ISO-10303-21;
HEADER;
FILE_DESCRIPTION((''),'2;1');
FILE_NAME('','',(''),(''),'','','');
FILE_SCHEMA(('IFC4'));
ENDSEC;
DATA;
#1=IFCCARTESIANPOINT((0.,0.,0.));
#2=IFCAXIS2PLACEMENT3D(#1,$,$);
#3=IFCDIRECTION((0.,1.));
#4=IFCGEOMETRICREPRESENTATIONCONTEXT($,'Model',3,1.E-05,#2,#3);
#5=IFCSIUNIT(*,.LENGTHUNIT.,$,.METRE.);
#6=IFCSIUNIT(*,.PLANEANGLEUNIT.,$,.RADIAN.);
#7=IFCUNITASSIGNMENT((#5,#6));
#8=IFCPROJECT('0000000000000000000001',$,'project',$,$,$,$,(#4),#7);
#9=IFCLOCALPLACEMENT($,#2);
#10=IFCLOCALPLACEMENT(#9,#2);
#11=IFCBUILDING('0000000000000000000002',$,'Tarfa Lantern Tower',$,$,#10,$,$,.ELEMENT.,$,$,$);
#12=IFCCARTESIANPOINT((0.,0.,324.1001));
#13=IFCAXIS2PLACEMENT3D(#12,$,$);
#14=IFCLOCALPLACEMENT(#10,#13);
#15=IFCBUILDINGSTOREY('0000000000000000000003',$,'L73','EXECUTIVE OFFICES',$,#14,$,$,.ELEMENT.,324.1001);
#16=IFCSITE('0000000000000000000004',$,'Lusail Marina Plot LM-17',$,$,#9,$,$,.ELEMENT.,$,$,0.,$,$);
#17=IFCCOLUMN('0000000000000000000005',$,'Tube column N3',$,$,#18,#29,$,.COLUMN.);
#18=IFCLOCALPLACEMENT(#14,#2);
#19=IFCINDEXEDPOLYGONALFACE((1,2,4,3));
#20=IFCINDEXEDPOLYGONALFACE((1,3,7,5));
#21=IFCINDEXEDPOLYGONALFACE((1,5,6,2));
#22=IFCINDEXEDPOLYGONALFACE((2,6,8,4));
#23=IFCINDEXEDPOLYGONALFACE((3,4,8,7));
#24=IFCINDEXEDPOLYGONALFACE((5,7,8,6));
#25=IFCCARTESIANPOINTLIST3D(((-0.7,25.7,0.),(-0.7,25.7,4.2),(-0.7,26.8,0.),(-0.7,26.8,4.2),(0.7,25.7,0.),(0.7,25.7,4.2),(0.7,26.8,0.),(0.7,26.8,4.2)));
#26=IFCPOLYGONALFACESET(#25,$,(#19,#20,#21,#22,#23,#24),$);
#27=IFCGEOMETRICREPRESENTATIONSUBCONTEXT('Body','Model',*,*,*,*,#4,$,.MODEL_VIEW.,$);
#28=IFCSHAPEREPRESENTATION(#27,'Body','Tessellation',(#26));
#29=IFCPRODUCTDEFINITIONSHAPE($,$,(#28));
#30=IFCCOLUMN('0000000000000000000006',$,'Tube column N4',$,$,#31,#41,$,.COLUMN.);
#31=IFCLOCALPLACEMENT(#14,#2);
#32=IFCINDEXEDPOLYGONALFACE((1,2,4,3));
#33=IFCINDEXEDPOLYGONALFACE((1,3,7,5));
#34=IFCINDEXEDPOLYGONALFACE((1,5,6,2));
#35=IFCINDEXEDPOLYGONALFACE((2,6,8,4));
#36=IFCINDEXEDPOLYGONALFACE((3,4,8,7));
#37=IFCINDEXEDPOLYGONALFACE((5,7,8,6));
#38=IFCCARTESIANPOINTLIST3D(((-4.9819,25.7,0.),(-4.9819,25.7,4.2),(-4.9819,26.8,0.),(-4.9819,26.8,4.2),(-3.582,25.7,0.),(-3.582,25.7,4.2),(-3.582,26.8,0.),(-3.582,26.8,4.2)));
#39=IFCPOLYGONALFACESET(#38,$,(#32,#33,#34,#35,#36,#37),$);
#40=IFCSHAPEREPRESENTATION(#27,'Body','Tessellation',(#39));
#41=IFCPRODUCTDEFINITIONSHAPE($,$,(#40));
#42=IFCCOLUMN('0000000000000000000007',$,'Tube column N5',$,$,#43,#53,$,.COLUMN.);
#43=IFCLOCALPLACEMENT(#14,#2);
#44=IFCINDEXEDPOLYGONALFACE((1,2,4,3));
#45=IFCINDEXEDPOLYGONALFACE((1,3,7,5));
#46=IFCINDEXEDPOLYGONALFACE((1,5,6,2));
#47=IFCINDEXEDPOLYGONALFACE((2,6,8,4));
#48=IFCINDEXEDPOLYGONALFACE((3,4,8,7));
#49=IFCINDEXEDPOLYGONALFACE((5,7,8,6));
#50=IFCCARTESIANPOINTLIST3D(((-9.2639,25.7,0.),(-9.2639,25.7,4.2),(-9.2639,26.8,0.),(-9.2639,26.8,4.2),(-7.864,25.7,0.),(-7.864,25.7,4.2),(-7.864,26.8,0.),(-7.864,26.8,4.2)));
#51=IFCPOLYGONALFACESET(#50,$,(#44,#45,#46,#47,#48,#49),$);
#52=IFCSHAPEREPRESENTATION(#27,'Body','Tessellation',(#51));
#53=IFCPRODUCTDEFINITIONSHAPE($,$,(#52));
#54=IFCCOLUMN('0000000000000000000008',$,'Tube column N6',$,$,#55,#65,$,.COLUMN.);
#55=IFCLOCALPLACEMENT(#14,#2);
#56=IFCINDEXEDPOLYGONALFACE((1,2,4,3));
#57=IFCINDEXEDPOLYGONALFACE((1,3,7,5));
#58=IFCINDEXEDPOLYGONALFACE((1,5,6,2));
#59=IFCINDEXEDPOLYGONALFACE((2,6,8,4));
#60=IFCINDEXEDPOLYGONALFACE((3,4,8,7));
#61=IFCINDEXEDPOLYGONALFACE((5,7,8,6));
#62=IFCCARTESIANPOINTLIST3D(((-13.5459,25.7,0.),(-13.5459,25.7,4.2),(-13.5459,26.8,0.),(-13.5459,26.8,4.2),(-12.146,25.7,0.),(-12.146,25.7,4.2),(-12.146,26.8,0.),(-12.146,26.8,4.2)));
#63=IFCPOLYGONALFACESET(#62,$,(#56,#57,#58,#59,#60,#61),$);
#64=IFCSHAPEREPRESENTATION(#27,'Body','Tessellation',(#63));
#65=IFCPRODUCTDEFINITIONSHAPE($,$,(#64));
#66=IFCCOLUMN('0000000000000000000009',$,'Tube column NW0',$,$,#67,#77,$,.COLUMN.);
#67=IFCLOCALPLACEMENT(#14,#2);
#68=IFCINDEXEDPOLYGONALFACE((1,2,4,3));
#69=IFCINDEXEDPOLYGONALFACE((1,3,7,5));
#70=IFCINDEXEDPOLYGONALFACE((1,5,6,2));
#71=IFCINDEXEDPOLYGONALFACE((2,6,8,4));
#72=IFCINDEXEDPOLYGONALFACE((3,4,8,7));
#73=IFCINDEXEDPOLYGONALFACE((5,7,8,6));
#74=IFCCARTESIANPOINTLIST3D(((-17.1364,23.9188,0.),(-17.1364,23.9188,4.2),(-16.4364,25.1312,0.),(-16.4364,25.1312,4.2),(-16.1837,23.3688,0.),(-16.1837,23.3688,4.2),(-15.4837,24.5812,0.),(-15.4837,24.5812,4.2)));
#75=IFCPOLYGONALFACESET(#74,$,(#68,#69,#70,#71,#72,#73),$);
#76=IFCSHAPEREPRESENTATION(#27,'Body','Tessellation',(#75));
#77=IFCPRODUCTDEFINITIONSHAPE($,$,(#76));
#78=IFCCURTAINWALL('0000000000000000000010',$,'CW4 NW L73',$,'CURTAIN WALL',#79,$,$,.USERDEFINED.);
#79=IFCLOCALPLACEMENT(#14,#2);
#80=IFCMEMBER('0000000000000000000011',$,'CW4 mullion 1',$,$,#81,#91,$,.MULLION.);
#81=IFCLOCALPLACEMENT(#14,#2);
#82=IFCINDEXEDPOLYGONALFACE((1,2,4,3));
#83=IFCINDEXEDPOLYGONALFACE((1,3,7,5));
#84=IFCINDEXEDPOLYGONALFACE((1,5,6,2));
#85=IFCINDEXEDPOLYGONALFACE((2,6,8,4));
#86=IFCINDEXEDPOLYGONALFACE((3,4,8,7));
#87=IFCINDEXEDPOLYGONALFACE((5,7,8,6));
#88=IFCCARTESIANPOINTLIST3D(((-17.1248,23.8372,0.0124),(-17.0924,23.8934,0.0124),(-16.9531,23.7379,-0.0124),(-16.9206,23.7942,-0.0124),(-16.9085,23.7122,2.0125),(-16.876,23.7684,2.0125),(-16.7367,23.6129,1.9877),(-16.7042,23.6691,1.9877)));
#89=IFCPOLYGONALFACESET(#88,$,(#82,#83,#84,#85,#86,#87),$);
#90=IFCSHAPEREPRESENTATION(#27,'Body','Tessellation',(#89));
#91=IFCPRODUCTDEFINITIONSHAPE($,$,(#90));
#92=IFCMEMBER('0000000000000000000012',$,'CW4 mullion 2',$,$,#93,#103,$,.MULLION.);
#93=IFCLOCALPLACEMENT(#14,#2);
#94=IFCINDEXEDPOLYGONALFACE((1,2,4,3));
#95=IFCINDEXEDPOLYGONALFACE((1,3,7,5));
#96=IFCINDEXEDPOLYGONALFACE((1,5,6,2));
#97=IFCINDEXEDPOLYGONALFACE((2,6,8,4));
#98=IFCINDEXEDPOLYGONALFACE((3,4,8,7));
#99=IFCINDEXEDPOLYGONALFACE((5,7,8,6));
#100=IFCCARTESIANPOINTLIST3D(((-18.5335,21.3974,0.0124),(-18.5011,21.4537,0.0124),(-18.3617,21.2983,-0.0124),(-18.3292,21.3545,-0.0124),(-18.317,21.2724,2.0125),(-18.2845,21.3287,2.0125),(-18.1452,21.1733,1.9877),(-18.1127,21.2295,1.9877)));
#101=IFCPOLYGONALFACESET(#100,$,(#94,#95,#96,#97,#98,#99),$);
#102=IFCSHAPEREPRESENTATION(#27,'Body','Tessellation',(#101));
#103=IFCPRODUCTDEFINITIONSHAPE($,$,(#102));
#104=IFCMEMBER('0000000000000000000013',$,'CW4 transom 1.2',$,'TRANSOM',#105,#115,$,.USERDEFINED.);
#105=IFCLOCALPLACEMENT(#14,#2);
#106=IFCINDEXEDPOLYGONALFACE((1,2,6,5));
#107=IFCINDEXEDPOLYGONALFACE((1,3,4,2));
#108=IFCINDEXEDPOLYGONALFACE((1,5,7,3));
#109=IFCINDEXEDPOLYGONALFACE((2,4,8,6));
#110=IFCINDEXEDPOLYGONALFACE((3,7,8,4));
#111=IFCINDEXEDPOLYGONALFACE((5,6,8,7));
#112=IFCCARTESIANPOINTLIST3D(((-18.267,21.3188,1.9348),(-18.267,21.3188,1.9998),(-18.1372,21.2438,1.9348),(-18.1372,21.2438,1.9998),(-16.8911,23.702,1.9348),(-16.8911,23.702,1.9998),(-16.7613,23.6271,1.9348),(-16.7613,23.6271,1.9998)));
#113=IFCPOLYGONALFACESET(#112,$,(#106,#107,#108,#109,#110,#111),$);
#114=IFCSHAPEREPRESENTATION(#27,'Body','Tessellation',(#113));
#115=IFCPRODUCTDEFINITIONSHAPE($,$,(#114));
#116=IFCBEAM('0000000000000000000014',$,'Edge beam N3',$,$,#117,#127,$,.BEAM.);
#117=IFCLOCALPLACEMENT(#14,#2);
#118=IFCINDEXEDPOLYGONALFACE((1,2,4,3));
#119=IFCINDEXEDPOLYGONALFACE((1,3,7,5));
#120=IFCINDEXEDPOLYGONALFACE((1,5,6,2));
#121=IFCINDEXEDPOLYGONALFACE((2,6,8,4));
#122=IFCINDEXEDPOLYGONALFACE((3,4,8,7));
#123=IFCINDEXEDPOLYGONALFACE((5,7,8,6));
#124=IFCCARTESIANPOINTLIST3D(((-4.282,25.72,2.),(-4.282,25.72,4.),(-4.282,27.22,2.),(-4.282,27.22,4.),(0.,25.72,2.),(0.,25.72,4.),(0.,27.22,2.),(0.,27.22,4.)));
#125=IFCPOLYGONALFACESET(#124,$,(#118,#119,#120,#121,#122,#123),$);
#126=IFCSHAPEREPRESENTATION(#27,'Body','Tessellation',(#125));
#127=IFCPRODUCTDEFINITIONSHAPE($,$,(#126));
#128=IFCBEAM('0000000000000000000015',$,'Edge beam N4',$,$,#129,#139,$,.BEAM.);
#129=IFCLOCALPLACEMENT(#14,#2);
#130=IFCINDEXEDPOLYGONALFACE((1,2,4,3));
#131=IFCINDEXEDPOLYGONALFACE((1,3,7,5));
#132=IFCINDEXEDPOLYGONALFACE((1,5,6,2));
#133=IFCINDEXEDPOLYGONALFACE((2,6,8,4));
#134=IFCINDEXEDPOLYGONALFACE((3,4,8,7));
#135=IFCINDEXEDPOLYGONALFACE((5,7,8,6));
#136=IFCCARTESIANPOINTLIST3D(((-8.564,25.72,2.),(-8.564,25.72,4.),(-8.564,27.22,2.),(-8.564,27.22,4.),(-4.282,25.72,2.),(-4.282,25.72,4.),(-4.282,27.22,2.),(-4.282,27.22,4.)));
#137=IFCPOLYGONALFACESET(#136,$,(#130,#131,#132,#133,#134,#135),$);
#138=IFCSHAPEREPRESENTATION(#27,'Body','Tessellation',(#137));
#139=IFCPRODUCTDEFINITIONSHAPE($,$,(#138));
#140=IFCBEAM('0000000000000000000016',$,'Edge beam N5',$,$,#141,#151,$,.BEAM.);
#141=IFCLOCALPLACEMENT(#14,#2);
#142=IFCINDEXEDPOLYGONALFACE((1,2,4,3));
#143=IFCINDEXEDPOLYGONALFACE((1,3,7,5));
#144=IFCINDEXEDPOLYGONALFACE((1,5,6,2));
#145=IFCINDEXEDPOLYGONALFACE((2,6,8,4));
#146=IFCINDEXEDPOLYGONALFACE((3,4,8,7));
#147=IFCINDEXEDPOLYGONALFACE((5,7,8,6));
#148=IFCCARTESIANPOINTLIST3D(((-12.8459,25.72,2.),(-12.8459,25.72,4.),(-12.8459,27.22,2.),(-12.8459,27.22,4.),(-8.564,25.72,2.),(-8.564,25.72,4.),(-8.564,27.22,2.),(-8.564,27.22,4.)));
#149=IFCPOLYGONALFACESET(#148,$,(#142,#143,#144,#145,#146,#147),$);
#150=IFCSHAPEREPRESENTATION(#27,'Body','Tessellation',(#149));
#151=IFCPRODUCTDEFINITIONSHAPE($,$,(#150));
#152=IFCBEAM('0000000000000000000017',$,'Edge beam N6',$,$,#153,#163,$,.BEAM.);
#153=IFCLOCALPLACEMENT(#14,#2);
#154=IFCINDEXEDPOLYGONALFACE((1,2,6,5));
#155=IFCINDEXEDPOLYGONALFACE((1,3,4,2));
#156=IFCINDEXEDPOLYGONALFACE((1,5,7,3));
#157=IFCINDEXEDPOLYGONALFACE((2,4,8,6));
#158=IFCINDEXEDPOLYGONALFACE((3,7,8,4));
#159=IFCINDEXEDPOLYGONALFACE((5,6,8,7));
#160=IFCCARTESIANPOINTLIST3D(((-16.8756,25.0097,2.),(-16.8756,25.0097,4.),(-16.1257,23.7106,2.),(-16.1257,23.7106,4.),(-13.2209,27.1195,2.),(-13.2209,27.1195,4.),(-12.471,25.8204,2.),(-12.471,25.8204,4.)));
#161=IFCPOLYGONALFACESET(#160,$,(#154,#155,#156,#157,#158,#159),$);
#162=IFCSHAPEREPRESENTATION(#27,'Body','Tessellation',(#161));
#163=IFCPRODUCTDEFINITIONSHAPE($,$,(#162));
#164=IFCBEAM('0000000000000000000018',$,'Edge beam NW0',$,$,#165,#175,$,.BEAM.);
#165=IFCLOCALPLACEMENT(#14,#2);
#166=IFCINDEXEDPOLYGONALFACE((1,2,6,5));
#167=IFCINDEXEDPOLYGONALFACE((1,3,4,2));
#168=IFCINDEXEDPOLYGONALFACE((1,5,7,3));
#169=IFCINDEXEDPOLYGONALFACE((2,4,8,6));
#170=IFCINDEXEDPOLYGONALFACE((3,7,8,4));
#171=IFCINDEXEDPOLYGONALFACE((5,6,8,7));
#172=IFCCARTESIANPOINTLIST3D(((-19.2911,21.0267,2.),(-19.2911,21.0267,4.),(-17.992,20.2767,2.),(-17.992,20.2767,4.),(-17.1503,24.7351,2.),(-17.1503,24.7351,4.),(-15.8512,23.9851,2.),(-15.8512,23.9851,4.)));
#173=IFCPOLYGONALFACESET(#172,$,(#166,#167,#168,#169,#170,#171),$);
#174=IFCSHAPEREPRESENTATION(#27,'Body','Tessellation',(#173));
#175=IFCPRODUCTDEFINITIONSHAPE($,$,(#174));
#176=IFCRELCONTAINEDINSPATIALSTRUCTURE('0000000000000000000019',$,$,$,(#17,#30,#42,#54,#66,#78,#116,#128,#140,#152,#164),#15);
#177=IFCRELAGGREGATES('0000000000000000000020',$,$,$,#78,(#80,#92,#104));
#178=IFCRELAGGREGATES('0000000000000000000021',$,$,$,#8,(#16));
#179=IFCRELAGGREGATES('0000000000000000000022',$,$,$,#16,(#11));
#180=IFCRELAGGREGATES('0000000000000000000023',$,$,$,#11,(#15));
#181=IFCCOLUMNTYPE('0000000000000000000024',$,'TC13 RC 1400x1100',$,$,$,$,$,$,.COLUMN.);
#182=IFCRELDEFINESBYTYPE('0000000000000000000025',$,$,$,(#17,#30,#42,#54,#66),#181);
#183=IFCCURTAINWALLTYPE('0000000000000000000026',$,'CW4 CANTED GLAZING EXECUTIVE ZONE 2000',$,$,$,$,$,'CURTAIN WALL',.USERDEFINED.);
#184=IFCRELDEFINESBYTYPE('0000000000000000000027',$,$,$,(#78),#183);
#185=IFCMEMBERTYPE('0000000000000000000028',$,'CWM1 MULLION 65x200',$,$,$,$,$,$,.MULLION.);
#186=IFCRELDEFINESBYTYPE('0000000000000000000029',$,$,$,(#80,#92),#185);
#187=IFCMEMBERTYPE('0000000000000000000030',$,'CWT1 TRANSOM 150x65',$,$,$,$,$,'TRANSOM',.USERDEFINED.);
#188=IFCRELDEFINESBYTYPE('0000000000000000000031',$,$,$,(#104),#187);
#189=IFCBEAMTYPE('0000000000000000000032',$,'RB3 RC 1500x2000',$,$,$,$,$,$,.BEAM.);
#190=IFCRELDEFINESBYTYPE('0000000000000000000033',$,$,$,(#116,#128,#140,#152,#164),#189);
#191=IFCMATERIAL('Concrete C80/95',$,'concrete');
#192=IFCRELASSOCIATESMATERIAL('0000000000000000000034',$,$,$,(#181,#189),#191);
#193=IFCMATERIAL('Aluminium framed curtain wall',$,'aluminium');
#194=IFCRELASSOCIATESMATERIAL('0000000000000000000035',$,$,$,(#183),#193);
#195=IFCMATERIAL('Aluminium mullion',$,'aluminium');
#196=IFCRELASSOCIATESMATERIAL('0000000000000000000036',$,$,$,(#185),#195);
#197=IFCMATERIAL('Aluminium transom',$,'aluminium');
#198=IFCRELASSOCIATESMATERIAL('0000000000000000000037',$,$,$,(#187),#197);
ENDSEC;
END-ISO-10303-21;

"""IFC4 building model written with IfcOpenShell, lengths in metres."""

from ifc_helpers import new_model, si_unit, direction, frame, origin, origin_2d, place, context, subcontext, project, spatial, rectangle, extrude, material, material_profile, profile_set, type_object, element, aggregate, save


model = new_model("IFC4")

# Units and contexts
model_context = context("Model", 3, precision=1e-05, world=origin(), true_north=direction((0.0, 1.0)))
body_context = subcontext(model_context, "Body", "Model", "MODEL_VIEW")
ifc_project = project(units=[si_unit("LENGTHUNIT", "METRE"), si_unit("PLANEANGLEUNIT", "RADIAN")], contexts=[model_context])

# Site, building, storey
site_placement = place(None, origin())
site = spatial("IfcSite", under=ifc_project, at=site_placement, Name="Lusail Marina Plot LM-17", CompositionType="ELEMENT", RefElevation=0.0)
building_placement = place(site_placement, origin())
building = spatial("IfcBuilding", under=site, at=building_placement, Name="Tarfa Lantern Tower", CompositionType="ELEMENT")
storey_placement = place(building_placement, frame((0.0, 0.0, 324.1001)))
storey = spatial("IfcBuildingStorey", under=building, at=storey_placement, Name="L73", Description="EXECUTIVE OFFICES", CompositionType="ELEMENT", Elevation=324.1001)

# Columns
ifc_material_1 = material(Name="Concrete C80/95", Category="concrete")
ifc_material_profile_1 = material_profile(ifc_material_1, rectangle(XDim=1.3999, YDim=1.1001, at=origin_2d()), Name="RC 1400x1100")
ifc_profile_set_1 = profile_set([ifc_material_profile_1], Name="Concrete C80/95")
column_type = type_object("IfcColumnType", Name="TC13 RC 1400x1100", PredefinedType="COLUMN", material=ifc_profile_set_1)
for number, where, z_axis, x_axis, name in (
    (1, (0.0, 26.25, 0.0), (0.0, 0.0, 1.0), (-1.0, 0.0, 0.0), "Tube column N3"),
    (2, (-4.282, 26.25, 0.0), (0.0, 0.0, 1.0), (-1.0, 0.0, 0.0), "Tube column N4"),
    (3, (-8.564, 26.25, 0.0), (0.0, 0.0, 1.0), (-1.0, 0.0, 0.0), "Tube column N5"),
    (4, (-12.8459, 26.25, 0.0), (0.0, 0.0, 1.0), (-1.0, 0.0, 0.0), "Tube column N6"),
    (5, (-16.3101, 24.25, 0.0), (0.0, 0.0, 1.0), (-0.5, -0.866025, 0.0), "Tube column NW0"),
):
    element("IfcColumn", number, at=place(storey_placement, frame(where, z_axis=z_axis, x_axis=x_axis)), inside=storey, type_object=column_type, Name=name, PredefinedType="COLUMN", context=body_context, shape_type="SweptSolid", body=[
        extrude(rectangle(XDim=1.3999, YDim=1.1001, at=origin_2d()), origin(), (0.0, 0.0, 1.0), 4.2),
    ])

# Curtain wall, members
ifc_material_2 = material(Name="Aluminium framed curtain wall", Category="aluminium")
curtain_wall_type = type_object("IfcCurtainWallType", Name="CW4 CANTED GLAZING EXECUTIVE ZONE 2000", ElementType="CURTAIN WALL", PredefinedType="USERDEFINED", material=ifc_material_2)
curtain_wall_placement = place(storey_placement, origin())
curtain_wall = element("IfcCurtainWall", 6, at=curtain_wall_placement, inside=storey, type_object=curtain_wall_type, Name="CW4 NW L73", ObjectType="CURTAIN WALL", PredefinedType="USERDEFINED")
ifc_material_3 = material(Name="Aluminium mullion", Category="aluminium")
ifc_material_profile_2 = material_profile(ifc_material_3, rectangle(XDim=0.0649, YDim=0.2, at=origin_2d()), Name="AL MULLION 65x200")
ifc_profile_set_2 = profile_set([ifc_material_profile_2], Name="Aluminium mullion")
member_type_1 = type_object("IfcMemberType", Name="CWM1 MULLION 65x200", PredefinedType="MULLION", material=ifc_profile_set_2)
member_1_placement = place(storey_placement, frame((-17.0227, 23.8157, 0.0), z_axis=(0.10732, -0.062018, 0.992288), x_axis=(0.500343, 0.865827, 0.0)))
member_1 = element("IfcMember", 7, at=member_1_placement, type_object=member_type_1, Name="CW4 mullion 1", PredefinedType="MULLION", context=body_context, shape_type="SweptSolid", body=[
    extrude(rectangle(XDim=0.0649, YDim=0.2, at=origin_2d()), origin(), (0.0, 0.0, 1.0), 2.0156),
])
member_2_placement = place(storey_placement, frame((-18.4314, 21.376, 0.0), z_axis=(0.10744, -0.062017, 0.992275), x_axis=(0.49992, 0.866072, 0.0)))
member_2 = element("IfcMember", 8, at=member_2_placement, type_object=member_type_1, Name="CW4 mullion 2", PredefinedType="MULLION", context=body_context, shape_type="SweptSolid", body=[
    extrude(rectangle(XDim=0.0649, YDim=0.2, at=origin_2d()), origin(), (0.0, 0.0, 1.0), 2.0156),
])
ifc_material_4 = material(Name="Aluminium transom", Category="aluminium")
ifc_material_profile_3 = material_profile(ifc_material_4, rectangle(XDim=0.1499, YDim=0.0649, at=origin_2d()), Name="AL TRANSOM 150x65")
ifc_profile_set_3 = profile_set([ifc_material_profile_3], Name="Aluminium transom")
member_type_2 = type_object("IfcMemberType", Name="CWT1 TRANSOM 150x65", ElementType="TRANSOM", PredefinedType="USERDEFINED", material=ifc_profile_set_3)
member_3_placement = place(storey_placement, frame((-16.8262, 23.6646, 1.9673), z_axis=(-0.499994, -0.866029, 0.0), x_axis=(0.866029, -0.499994, 0.0)))
member_3 = element("IfcMember", 9, at=member_3_placement, type_object=member_type_2, Name="CW4 transom 1.2", ObjectType="TRANSOM", PredefinedType="USERDEFINED", context=body_context, shape_type="SweptSolid", body=[
    extrude(rectangle(XDim=0.1499, YDim=0.0649, at=origin_2d()), origin(), (0.0, 0.0, 1.0), 2.752),
])

# Beams
ifc_material_profile_4 = material_profile(ifc_material_1, rectangle(XDim=1.5, YDim=2.0, at=origin_2d()), Name="RC 1500x2000")
ifc_profile_set_4 = profile_set([ifc_material_profile_4], Name="Concrete C80/95")
beam_type_1 = type_object("IfcBeamType", Name="RB3 RC 1500x2000", PredefinedType="BEAM", material=ifc_profile_set_4)
for number, where, z_axis, x_axis, name in (
    (10, (0.0, 26.47, 3.0), (-1.0, 0.0, 0.0), (0.0, -1.0, 0.0), "Edge beam N3"),
    (11, (-4.282, 26.47, 3.0), (-1.0, 0.0, 0.0), (0.0, -1.0, 0.0), "Edge beam N4"),
    (12, (-8.564, 26.47, 3.0), (-1.0, 0.0, 0.0), (0.0, -1.0, 0.0), "Edge beam N5"),
):
    element("IfcBeam", number, at=place(storey_placement, frame(where, z_axis=z_axis, x_axis=x_axis)), inside=storey, type_object=beam_type_1, Name=name, PredefinedType="BEAM", context=body_context, shape_type="SweptSolid", body=[
        extrude(rectangle(XDim=1.5, YDim=2.0, at=origin_2d()), origin(), (0.0, 0.0, 1.0), 4.282),
    ])
beam_1_placement = place(storey_placement, frame((-12.8459, 26.47, 3.0), z_axis=(-0.866049, -0.499959, 0.0), x_axis=(0.499959, -0.866049, 0.0)))
element("IfcBeam", 13, at=beam_1_placement, inside=storey, type_object=beam_type_1, Name="Edge beam N6", PredefinedType="BEAM", context=body_context, shape_type="SweptSolid", body=[
    extrude(rectangle(XDim=1.5, YDim=2.0, at=origin_2d()), origin(), (0.0, 0.0, 1.0), 4.22),
])
beam_2_placement = place(storey_placement, frame((-16.5007, 24.3601, 3.0), z_axis=(-0.499959, -0.866049, 0.0), x_axis=(0.866049, -0.499959, 0.0)))
element("IfcBeam", 14, at=beam_2_placement, inside=storey, type_object=beam_type_1, Name="Edge beam NW0", PredefinedType="BEAM", context=body_context, shape_type="SweptSolid", body=[
    extrude(rectangle(XDim=1.5, YDim=2.0, at=origin_2d()), origin(), (0.0, 0.0, 1.0), 4.282),
])

aggregate(curtain_wall, [member_1, member_2, member_3])

save(model, "model.ifc")
